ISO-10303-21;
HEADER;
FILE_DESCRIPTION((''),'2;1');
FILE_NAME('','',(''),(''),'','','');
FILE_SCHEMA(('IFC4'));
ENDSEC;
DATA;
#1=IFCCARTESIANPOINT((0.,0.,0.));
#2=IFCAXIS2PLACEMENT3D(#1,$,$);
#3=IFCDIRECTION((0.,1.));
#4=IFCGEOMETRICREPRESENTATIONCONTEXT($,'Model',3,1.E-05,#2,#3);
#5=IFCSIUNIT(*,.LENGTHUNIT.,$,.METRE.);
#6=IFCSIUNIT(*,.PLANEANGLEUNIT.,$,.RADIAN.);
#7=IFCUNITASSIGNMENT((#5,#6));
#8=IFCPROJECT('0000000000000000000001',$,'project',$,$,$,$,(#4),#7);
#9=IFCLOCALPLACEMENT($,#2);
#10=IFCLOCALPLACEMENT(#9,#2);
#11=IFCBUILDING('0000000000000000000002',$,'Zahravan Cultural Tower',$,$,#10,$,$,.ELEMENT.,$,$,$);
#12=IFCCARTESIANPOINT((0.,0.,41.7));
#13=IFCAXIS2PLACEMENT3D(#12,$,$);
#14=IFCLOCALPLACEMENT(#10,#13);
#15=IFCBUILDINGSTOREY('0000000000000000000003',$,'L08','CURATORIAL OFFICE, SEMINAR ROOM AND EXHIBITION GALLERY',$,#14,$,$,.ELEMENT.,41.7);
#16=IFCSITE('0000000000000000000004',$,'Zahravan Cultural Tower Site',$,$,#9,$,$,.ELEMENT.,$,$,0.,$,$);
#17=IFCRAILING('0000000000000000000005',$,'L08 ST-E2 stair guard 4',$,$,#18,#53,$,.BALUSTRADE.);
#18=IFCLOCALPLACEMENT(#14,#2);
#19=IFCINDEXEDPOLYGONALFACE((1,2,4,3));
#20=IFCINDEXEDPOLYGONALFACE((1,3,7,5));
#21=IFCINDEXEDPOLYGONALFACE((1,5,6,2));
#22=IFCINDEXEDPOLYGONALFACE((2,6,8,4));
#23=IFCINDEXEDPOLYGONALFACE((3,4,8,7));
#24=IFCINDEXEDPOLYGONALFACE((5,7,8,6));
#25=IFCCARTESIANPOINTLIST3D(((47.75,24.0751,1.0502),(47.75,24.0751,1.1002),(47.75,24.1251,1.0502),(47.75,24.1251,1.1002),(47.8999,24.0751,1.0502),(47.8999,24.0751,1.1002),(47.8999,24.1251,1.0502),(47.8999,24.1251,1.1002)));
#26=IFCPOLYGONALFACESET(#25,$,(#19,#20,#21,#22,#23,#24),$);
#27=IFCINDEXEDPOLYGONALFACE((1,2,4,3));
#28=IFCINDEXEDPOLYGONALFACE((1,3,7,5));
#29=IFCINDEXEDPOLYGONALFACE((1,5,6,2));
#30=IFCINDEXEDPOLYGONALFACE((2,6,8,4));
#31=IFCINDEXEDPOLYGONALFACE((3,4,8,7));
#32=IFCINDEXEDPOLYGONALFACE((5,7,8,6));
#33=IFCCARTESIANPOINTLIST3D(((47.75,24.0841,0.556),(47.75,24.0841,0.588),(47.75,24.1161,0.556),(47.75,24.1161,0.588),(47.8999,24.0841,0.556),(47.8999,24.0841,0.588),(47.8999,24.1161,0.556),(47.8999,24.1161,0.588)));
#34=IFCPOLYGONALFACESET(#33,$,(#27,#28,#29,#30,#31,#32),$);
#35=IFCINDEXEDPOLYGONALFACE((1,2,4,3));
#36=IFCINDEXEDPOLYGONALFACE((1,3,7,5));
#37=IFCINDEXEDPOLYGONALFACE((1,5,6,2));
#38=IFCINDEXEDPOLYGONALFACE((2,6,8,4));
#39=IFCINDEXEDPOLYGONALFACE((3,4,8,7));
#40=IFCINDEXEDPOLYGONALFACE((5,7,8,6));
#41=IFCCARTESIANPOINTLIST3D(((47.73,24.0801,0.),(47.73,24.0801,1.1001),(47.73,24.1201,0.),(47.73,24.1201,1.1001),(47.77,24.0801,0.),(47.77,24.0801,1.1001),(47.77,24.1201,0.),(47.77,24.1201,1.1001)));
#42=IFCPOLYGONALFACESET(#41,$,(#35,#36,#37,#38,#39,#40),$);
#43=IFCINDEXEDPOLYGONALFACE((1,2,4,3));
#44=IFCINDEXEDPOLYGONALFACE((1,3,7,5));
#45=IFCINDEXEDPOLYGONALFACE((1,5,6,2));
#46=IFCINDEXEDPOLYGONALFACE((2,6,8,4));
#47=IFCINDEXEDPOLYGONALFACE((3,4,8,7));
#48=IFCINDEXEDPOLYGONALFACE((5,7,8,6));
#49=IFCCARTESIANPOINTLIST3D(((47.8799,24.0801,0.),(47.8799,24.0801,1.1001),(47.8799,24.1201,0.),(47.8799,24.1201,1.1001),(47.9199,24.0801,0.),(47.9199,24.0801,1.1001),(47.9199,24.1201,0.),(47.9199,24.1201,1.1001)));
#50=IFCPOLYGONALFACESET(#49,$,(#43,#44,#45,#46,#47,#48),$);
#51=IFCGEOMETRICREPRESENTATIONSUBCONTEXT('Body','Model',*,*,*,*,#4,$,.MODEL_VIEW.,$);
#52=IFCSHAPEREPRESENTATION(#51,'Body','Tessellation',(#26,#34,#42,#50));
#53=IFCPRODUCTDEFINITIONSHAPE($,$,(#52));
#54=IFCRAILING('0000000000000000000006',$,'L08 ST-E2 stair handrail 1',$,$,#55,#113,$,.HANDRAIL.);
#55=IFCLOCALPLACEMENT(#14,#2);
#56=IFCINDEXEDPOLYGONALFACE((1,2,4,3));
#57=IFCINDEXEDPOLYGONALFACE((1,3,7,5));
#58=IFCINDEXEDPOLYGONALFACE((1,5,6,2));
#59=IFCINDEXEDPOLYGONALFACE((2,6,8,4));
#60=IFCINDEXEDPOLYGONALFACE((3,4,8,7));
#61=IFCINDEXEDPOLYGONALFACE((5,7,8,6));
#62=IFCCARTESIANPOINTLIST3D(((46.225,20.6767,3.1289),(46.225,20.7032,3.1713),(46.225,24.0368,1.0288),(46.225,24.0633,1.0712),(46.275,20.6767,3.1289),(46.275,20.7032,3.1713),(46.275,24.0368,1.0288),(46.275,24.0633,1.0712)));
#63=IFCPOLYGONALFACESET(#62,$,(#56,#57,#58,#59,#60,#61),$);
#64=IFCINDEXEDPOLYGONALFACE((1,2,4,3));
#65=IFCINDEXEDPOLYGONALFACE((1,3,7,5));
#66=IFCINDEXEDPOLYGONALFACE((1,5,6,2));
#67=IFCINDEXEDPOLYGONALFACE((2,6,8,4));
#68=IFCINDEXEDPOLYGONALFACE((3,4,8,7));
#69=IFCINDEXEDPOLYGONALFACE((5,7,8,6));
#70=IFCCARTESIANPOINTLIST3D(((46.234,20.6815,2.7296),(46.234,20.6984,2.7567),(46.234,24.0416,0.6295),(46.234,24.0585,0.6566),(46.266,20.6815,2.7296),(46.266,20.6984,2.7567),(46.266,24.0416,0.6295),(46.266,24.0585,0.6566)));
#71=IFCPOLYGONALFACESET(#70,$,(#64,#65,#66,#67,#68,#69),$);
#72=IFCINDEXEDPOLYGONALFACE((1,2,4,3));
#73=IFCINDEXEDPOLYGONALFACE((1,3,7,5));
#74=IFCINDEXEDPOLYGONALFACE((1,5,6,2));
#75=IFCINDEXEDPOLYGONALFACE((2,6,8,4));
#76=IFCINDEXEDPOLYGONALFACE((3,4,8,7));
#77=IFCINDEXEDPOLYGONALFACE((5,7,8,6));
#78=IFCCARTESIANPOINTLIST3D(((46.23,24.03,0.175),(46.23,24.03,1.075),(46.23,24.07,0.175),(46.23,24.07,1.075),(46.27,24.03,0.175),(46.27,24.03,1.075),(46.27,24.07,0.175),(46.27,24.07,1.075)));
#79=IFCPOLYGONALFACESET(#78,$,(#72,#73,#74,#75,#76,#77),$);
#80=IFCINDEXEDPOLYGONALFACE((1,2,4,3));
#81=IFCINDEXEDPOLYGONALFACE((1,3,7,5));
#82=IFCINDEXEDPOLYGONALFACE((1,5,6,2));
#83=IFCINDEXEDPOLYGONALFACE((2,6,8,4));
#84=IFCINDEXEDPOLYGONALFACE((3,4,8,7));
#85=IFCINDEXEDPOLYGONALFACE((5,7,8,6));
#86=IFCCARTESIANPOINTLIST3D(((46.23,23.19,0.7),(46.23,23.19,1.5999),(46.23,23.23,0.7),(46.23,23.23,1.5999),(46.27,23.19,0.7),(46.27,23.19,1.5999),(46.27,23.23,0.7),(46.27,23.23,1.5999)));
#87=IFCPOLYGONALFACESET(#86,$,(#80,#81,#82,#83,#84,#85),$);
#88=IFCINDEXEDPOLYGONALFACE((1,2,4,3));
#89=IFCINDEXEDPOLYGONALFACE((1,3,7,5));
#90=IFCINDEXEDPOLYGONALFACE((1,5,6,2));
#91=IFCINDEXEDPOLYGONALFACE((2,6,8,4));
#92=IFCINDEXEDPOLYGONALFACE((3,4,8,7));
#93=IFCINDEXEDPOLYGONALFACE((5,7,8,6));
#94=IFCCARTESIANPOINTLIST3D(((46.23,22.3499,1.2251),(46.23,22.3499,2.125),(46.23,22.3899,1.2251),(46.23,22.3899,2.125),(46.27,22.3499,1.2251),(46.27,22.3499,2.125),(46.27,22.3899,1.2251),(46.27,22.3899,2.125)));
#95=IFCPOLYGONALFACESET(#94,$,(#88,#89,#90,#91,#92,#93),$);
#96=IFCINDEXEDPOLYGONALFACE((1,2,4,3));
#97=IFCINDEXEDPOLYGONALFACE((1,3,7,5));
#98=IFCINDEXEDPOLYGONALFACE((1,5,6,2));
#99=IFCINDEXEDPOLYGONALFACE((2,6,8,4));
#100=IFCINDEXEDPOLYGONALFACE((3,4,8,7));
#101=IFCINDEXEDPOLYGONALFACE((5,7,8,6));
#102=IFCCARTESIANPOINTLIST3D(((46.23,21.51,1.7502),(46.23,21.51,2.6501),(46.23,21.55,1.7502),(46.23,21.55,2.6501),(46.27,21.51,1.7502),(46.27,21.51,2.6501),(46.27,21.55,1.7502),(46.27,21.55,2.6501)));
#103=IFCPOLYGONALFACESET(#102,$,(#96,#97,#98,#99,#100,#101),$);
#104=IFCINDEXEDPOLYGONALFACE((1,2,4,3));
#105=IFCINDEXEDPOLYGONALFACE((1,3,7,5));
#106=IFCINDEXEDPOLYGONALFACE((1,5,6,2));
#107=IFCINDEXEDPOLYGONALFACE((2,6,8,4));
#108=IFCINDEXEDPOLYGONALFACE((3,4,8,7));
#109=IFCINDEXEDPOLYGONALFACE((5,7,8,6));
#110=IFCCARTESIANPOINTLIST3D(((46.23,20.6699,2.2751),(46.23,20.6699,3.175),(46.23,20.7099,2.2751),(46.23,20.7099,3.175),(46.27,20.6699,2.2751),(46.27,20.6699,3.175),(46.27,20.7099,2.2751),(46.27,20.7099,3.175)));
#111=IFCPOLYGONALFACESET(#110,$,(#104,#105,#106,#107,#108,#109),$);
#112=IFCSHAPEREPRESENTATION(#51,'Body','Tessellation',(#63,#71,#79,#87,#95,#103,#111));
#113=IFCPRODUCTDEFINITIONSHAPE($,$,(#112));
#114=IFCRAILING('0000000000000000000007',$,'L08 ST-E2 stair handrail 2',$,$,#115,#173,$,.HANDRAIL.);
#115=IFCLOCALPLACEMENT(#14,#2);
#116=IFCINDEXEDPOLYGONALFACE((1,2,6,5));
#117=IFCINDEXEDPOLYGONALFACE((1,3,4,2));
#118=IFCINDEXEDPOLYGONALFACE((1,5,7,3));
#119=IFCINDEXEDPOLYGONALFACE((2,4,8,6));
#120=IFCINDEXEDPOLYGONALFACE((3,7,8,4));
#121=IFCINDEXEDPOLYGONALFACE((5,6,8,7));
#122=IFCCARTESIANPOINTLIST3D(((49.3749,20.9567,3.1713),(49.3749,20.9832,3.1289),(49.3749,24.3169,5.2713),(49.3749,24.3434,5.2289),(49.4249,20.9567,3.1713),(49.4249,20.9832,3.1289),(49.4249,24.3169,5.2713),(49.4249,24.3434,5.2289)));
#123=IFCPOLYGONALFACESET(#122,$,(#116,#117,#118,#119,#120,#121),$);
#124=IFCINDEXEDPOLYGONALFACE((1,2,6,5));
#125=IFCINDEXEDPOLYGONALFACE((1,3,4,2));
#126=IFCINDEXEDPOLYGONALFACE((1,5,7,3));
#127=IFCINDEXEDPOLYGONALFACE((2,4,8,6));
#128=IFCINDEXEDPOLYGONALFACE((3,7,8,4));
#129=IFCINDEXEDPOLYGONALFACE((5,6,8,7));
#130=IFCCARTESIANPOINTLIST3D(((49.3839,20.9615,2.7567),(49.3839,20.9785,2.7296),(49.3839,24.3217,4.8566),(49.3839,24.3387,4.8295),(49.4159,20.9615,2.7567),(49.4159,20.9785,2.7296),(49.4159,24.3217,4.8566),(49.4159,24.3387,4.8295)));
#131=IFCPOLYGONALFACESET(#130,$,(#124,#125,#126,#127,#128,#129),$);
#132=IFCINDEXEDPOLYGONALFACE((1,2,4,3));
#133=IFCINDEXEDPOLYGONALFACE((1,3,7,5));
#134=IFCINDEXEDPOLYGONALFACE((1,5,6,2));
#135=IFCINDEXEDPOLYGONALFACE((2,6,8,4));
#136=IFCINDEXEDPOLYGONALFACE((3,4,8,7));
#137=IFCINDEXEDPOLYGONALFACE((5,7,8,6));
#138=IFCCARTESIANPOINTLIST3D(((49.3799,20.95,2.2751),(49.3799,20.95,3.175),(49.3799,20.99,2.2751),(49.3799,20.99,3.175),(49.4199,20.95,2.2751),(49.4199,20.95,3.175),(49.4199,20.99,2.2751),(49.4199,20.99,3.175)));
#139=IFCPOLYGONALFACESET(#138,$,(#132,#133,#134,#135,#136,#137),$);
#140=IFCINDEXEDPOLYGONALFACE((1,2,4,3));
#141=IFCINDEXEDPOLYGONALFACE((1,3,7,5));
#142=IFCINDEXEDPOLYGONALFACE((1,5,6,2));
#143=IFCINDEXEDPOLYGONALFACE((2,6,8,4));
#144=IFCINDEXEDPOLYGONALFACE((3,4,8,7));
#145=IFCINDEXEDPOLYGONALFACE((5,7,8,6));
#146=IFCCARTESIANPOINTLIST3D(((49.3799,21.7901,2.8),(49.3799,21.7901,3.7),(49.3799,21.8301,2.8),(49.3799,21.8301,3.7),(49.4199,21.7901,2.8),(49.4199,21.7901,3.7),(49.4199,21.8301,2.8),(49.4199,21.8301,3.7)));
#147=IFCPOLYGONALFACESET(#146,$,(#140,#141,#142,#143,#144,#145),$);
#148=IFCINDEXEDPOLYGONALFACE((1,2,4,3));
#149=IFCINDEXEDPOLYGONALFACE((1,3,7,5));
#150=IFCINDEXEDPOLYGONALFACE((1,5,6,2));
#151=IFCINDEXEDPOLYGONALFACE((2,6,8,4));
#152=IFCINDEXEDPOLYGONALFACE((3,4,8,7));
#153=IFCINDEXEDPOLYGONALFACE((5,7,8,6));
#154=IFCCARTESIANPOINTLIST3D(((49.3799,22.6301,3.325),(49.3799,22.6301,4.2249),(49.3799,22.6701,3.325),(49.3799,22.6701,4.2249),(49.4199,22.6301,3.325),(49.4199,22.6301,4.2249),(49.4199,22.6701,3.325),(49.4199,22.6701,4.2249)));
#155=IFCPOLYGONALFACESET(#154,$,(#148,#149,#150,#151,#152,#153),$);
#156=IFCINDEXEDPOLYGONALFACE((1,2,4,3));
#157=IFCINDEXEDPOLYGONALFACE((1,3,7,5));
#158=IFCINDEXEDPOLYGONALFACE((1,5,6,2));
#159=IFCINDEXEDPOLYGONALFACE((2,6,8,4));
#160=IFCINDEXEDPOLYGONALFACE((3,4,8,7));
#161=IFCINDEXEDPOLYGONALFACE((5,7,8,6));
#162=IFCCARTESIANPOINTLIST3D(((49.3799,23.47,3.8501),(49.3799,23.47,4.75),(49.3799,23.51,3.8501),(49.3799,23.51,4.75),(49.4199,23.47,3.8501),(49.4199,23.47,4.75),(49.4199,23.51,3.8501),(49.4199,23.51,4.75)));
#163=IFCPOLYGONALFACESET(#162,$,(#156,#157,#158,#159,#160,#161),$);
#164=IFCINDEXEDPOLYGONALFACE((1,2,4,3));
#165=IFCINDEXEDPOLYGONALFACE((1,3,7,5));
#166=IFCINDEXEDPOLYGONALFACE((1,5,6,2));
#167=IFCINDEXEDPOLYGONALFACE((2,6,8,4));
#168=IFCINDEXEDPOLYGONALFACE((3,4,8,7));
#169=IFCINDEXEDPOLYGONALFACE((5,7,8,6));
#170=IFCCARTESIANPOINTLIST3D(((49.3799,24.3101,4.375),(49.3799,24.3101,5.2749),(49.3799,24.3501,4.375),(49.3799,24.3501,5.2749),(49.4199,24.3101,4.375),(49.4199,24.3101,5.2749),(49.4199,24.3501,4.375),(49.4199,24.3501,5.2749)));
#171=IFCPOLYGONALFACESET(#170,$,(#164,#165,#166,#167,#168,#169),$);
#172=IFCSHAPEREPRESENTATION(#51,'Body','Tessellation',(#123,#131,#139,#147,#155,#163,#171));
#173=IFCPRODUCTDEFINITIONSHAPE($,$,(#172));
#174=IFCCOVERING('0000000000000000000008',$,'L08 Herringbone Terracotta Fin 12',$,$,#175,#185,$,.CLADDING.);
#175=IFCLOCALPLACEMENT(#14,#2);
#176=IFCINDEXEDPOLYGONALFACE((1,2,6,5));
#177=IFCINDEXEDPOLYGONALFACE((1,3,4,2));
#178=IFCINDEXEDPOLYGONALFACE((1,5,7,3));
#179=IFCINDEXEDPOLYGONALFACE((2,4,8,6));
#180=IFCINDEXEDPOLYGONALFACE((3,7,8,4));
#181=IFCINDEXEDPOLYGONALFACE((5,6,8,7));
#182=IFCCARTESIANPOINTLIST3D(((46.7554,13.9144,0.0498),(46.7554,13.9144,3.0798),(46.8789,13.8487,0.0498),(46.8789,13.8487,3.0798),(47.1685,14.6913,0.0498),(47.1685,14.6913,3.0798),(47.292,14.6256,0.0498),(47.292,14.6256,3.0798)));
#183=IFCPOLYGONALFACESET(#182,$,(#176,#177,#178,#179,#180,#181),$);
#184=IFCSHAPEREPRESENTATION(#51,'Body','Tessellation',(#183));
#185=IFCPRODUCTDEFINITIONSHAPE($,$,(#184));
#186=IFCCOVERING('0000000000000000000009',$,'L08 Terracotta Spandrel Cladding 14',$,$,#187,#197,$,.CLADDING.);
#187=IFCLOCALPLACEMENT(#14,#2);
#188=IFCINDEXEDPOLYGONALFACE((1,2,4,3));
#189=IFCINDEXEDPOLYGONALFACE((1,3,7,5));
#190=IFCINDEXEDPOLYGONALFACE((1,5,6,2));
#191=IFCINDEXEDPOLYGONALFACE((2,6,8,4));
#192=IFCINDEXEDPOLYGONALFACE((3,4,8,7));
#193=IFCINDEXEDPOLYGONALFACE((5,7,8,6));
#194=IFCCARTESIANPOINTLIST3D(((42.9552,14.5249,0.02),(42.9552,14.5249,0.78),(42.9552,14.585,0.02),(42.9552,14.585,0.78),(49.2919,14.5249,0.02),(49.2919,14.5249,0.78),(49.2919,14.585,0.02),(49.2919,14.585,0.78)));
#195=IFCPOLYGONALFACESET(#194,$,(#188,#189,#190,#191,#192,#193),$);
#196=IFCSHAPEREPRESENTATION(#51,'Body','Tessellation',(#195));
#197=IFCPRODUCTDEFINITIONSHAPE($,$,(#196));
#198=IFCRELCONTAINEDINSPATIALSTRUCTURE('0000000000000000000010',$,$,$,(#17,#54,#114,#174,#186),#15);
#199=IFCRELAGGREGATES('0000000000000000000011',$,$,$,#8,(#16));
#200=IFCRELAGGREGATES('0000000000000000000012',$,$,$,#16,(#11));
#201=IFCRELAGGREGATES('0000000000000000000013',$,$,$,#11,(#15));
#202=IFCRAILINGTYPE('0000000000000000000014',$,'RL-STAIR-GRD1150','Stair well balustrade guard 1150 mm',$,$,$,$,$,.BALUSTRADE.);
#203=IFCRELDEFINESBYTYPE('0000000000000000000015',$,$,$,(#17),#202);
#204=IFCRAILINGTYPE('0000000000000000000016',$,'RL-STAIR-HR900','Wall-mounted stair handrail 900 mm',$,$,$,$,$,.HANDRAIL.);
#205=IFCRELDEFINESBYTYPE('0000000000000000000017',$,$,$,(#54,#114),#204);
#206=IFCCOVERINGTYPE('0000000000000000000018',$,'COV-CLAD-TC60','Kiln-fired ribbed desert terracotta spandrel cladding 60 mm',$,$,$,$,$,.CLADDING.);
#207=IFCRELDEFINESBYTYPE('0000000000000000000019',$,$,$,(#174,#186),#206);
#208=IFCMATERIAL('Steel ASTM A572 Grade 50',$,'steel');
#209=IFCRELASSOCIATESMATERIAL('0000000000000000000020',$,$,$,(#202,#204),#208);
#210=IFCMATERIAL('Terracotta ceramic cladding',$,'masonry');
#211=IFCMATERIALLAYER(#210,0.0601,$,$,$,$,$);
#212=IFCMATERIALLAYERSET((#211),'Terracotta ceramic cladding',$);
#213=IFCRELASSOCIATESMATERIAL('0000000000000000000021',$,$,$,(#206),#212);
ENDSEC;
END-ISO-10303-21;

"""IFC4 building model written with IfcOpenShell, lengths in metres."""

from ifc_helpers import new_model, si_unit, direction, frame, origin, origin_2d, place, context, subcontext, project, spatial, rectangle, extrude, source, transform, mapped, material, layer, layer_set, type_object, element, save


model = new_model("IFC4")

# Units and contexts
model_context = context("Model", 3, precision=1e-05, world=origin(), true_north=direction((0.0, 1.0)))
body_context = subcontext(model_context, "Body", "Model", "MODEL_VIEW")
ifc_project = project(units=[si_unit("LENGTHUNIT", "METRE"), si_unit("PLANEANGLEUNIT", "RADIAN")], contexts=[model_context])

# Site, building, storey
site_placement = place(None, origin())
site = spatial("IfcSite", under=ifc_project, at=site_placement, Name="Zahravan Cultural Tower Site", CompositionType="ELEMENT", RefElevation=0.0)
building_placement = place(site_placement, origin())
building = spatial("IfcBuilding", under=site, at=building_placement, Name="Zahravan Cultural Tower", CompositionType="ELEMENT")
storey_placement = place(building_placement, frame((0.0, 0.0, 41.7)))
storey = spatial("IfcBuildingStorey", under=building, at=storey_placement, Name="L08", Description="CURATORIAL OFFICE, SEMINAR ROOM AND EXHIBITION GALLERY", CompositionType="ELEMENT", Elevation=41.7)

# Shared definitions
ifc_material_1 = material(Name="Steel ASTM A572 Grade 50", Category="steel")

# Railings
railing_type_1 = type_object("IfcRailingType", Name="RL-STAIR-GRD1150", Description="Stair well balustrade guard 1150 mm", PredefinedType="BALUSTRADE", material=ifc_material_1)
railing_1_placement = place(storey_placement, frame((47.75, 24.1001, 0.0)))
element("IfcRailing", 1, at=railing_1_placement, inside=storey, type_object=railing_type_1, Name="L08 ST-E2 stair guard 4", PredefinedType="BALUSTRADE", context=body_context, shape_type="SweptSolid", body=[
    extrude(rectangle(XDim=0.05, YDim=0.05, at=origin_2d()), frame((0.0, 0.0, 1.0752), z_axis=(1.0, 0.0, 0.0), x_axis=(0.0, 1.0, 0.0)), (0.0, 0.0, 1.0), 0.1499),
    extrude(rectangle(XDim=0.032, YDim=0.032, at=origin_2d()), frame((0.0, 0.0, 0.572), z_axis=(1.0, 0.0, 0.0), x_axis=(0.0, 1.0, 0.0)), (0.0, 0.0, 1.0), 0.1499),
    extrude(rectangle(XDim=0.04, YDim=0.04, at=origin_2d()), origin(), (0.0, 0.0, 1.0), 1.1001),
    extrude(rectangle(XDim=0.04, YDim=0.04, at=origin_2d()), frame((0.1499, 0.0, 0.0)), (0.0, 0.0, 1.0), 1.1001),
])
railing_type_2 = type_object("IfcRailingType", Name="RL-STAIR-HR900", Description="Wall-mounted stair handrail 900 mm", PredefinedType="HANDRAIL", material=ifc_material_1)
railing_2_placement = place(storey_placement, frame((46.25, 24.05, 0.175)))
element("IfcRailing", 2, at=railing_2_placement, inside=storey, type_object=railing_type_2, Name="L08 ST-E2 stair handrail 1", PredefinedType="HANDRAIL", context=body_context, shape_type="SweptSolid", body=[
    extrude(rectangle(XDim=0.05, YDim=0.05, at=origin_2d()), frame((0.0, 0.0, 0.875), z_axis=(0.0, -0.847995, 0.530004), x_axis=(1.0, 0.0, 0.0)), (0.0, 0.0, 1.0), 3.9624),
    extrude(rectangle(XDim=0.032, YDim=0.032, at=origin_2d()), frame((0.0, 0.0, 0.468), z_axis=(0.0, -0.847995, 0.530004), x_axis=(1.0, 0.0, 0.0)), (0.0, 0.0, 1.0), 3.9624),
    extrude(rectangle(XDim=0.04, YDim=0.04, at=origin_2d()), origin(), (0.0, 0.0, 1.0), 0.8999),
    extrude(rectangle(XDim=0.04, YDim=0.04, at=origin_2d()), frame((0.0, -0.8401, 0.5249)), (0.0, 0.0, 1.0), 0.8999),
    extrude(rectangle(XDim=0.04, YDim=0.04, at=origin_2d()), frame((0.0, -1.6802, 1.05)), (0.0, 0.0, 1.0), 0.8999),
    extrude(rectangle(XDim=0.04, YDim=0.04, at=origin_2d()), frame((0.0, -2.52, 1.5752)), (0.0, 0.0, 1.0), 0.8999),
    extrude(rectangle(XDim=0.04, YDim=0.04, at=origin_2d()), frame((0.0, -3.3601, 2.1001)), (0.0, 0.0, 1.0), 0.8999),
])
railing_3_placement = place(storey_placement, frame((49.3999, 20.97, 2.2751)))
element("IfcRailing", 3, at=railing_3_placement, inside=storey, type_object=railing_type_2, Name="L08 ST-E2 stair handrail 2", PredefinedType="HANDRAIL", context=body_context, shape_type="SweptSolid", body=[
    extrude(rectangle(XDim=0.05, YDim=0.05, at=origin_2d()), frame((0.0, 0.0, 0.875), z_axis=(0.0, 0.848023, 0.52996), x_axis=(-1.0, 0.0, 0.0)), (0.0, 0.0, 1.0), 3.9624),
    extrude(rectangle(XDim=0.032, YDim=0.032, at=origin_2d()), frame((0.0, 0.0, 0.468), z_axis=(0.0, 0.848023, 0.52996), x_axis=(-1.0, 0.0, 0.0)), (0.0, 0.0, 1.0), 3.9624),
    extrude(rectangle(XDim=0.04, YDim=0.04, at=origin_2d()), origin(), (0.0, 0.0, 1.0), 0.8999),
    extrude(rectangle(XDim=0.04, YDim=0.04, at=origin_2d()), frame((0.0, 0.8401, 0.5249)), (0.0, 0.0, 1.0), 0.8999),
    extrude(rectangle(XDim=0.04, YDim=0.04, at=origin_2d()), frame((0.0, 1.6802, 1.0498)), (0.0, 0.0, 1.0), 0.8999),
    extrude(rectangle(XDim=0.04, YDim=0.04, at=origin_2d()), frame((0.0, 2.52, 1.575)), (0.0, 0.0, 1.0), 0.8999),
    extrude(rectangle(XDim=0.04, YDim=0.04, at=origin_2d()), frame((0.0, 3.3601, 2.0999)), (0.0, 0.0, 1.0), 0.8999),
])

# Coverings
ifc_material_2 = material(Name="Terracotta ceramic cladding", Category="masonry")
ifc_layer_1 = layer(ifc_material_2, 0.0601)
ifc_layer_set_1 = layer_set([ifc_layer_1], Name="Terracotta ceramic cladding")
covering_type = type_object("IfcCoveringType", Name="COV-CLAD-TC60", Description="Kiln-fired ribbed desert terracotta spandrel cladding 60 mm", PredefinedType="CLADDING", material=ifc_layer_set_1)
shared_shape_1 = source(origin(), body_context, "Body", "SweptSolid", [
    extrude(rectangle(XDim=0.8799, YDim=0.1399, at=origin_2d()), origin(), (0.0, 0.0, 1.0), 3.03),
])
covering_1_placement = place(storey_placement, frame((47.0237, 14.27, 0.0498), z_axis=(0.0, 0.0, 1.0), x_axis=(-0.469472, -0.882948, 0.0)))
element("IfcCovering", 4, at=covering_1_placement, inside=storey, type_object=covering_type, Name="L08 Herringbone Terracotta Fin 12", PredefinedType="CLADDING", context=body_context, shape_type="MappedRepresentation", body=[
    mapped(shared_shape_1, transform((0.0, 0.0, 0.0), x_axis=(1.0, 0.0, 0.0), y_axis=(0.0, 1.0, 0.0), z_axis=(0.0, 0.0, 1.0), scale=1.0)),
])
shared_shape_2 = source(origin(), body_context, "Body", "SweptSolid", [
    extrude(rectangle(XDim=6.3367, YDim=0.0601, at=origin_2d()), origin(), (0.0, 0.0, 1.0), 0.76),
])
covering_2_placement = place(storey_placement, frame((46.1235, 14.5549, 0.02), z_axis=(0.0, 0.0, 1.0), x_axis=(-1.0, 0.0, 0.0)))
element("IfcCovering", 5, at=covering_2_placement, inside=storey, type_object=covering_type, Name="L08 Terracotta Spandrel Cladding 14", PredefinedType="CLADDING", context=body_context, shape_type="MappedRepresentation", body=[
    mapped(shared_shape_2, transform((0.0, 0.0, 0.0), x_axis=(1.0, 0.0, 0.0), y_axis=(0.0, 1.0, 0.0), z_axis=(0.0, 0.0, 1.0), scale=1.0)),
])

save(model, "model.ifc")
